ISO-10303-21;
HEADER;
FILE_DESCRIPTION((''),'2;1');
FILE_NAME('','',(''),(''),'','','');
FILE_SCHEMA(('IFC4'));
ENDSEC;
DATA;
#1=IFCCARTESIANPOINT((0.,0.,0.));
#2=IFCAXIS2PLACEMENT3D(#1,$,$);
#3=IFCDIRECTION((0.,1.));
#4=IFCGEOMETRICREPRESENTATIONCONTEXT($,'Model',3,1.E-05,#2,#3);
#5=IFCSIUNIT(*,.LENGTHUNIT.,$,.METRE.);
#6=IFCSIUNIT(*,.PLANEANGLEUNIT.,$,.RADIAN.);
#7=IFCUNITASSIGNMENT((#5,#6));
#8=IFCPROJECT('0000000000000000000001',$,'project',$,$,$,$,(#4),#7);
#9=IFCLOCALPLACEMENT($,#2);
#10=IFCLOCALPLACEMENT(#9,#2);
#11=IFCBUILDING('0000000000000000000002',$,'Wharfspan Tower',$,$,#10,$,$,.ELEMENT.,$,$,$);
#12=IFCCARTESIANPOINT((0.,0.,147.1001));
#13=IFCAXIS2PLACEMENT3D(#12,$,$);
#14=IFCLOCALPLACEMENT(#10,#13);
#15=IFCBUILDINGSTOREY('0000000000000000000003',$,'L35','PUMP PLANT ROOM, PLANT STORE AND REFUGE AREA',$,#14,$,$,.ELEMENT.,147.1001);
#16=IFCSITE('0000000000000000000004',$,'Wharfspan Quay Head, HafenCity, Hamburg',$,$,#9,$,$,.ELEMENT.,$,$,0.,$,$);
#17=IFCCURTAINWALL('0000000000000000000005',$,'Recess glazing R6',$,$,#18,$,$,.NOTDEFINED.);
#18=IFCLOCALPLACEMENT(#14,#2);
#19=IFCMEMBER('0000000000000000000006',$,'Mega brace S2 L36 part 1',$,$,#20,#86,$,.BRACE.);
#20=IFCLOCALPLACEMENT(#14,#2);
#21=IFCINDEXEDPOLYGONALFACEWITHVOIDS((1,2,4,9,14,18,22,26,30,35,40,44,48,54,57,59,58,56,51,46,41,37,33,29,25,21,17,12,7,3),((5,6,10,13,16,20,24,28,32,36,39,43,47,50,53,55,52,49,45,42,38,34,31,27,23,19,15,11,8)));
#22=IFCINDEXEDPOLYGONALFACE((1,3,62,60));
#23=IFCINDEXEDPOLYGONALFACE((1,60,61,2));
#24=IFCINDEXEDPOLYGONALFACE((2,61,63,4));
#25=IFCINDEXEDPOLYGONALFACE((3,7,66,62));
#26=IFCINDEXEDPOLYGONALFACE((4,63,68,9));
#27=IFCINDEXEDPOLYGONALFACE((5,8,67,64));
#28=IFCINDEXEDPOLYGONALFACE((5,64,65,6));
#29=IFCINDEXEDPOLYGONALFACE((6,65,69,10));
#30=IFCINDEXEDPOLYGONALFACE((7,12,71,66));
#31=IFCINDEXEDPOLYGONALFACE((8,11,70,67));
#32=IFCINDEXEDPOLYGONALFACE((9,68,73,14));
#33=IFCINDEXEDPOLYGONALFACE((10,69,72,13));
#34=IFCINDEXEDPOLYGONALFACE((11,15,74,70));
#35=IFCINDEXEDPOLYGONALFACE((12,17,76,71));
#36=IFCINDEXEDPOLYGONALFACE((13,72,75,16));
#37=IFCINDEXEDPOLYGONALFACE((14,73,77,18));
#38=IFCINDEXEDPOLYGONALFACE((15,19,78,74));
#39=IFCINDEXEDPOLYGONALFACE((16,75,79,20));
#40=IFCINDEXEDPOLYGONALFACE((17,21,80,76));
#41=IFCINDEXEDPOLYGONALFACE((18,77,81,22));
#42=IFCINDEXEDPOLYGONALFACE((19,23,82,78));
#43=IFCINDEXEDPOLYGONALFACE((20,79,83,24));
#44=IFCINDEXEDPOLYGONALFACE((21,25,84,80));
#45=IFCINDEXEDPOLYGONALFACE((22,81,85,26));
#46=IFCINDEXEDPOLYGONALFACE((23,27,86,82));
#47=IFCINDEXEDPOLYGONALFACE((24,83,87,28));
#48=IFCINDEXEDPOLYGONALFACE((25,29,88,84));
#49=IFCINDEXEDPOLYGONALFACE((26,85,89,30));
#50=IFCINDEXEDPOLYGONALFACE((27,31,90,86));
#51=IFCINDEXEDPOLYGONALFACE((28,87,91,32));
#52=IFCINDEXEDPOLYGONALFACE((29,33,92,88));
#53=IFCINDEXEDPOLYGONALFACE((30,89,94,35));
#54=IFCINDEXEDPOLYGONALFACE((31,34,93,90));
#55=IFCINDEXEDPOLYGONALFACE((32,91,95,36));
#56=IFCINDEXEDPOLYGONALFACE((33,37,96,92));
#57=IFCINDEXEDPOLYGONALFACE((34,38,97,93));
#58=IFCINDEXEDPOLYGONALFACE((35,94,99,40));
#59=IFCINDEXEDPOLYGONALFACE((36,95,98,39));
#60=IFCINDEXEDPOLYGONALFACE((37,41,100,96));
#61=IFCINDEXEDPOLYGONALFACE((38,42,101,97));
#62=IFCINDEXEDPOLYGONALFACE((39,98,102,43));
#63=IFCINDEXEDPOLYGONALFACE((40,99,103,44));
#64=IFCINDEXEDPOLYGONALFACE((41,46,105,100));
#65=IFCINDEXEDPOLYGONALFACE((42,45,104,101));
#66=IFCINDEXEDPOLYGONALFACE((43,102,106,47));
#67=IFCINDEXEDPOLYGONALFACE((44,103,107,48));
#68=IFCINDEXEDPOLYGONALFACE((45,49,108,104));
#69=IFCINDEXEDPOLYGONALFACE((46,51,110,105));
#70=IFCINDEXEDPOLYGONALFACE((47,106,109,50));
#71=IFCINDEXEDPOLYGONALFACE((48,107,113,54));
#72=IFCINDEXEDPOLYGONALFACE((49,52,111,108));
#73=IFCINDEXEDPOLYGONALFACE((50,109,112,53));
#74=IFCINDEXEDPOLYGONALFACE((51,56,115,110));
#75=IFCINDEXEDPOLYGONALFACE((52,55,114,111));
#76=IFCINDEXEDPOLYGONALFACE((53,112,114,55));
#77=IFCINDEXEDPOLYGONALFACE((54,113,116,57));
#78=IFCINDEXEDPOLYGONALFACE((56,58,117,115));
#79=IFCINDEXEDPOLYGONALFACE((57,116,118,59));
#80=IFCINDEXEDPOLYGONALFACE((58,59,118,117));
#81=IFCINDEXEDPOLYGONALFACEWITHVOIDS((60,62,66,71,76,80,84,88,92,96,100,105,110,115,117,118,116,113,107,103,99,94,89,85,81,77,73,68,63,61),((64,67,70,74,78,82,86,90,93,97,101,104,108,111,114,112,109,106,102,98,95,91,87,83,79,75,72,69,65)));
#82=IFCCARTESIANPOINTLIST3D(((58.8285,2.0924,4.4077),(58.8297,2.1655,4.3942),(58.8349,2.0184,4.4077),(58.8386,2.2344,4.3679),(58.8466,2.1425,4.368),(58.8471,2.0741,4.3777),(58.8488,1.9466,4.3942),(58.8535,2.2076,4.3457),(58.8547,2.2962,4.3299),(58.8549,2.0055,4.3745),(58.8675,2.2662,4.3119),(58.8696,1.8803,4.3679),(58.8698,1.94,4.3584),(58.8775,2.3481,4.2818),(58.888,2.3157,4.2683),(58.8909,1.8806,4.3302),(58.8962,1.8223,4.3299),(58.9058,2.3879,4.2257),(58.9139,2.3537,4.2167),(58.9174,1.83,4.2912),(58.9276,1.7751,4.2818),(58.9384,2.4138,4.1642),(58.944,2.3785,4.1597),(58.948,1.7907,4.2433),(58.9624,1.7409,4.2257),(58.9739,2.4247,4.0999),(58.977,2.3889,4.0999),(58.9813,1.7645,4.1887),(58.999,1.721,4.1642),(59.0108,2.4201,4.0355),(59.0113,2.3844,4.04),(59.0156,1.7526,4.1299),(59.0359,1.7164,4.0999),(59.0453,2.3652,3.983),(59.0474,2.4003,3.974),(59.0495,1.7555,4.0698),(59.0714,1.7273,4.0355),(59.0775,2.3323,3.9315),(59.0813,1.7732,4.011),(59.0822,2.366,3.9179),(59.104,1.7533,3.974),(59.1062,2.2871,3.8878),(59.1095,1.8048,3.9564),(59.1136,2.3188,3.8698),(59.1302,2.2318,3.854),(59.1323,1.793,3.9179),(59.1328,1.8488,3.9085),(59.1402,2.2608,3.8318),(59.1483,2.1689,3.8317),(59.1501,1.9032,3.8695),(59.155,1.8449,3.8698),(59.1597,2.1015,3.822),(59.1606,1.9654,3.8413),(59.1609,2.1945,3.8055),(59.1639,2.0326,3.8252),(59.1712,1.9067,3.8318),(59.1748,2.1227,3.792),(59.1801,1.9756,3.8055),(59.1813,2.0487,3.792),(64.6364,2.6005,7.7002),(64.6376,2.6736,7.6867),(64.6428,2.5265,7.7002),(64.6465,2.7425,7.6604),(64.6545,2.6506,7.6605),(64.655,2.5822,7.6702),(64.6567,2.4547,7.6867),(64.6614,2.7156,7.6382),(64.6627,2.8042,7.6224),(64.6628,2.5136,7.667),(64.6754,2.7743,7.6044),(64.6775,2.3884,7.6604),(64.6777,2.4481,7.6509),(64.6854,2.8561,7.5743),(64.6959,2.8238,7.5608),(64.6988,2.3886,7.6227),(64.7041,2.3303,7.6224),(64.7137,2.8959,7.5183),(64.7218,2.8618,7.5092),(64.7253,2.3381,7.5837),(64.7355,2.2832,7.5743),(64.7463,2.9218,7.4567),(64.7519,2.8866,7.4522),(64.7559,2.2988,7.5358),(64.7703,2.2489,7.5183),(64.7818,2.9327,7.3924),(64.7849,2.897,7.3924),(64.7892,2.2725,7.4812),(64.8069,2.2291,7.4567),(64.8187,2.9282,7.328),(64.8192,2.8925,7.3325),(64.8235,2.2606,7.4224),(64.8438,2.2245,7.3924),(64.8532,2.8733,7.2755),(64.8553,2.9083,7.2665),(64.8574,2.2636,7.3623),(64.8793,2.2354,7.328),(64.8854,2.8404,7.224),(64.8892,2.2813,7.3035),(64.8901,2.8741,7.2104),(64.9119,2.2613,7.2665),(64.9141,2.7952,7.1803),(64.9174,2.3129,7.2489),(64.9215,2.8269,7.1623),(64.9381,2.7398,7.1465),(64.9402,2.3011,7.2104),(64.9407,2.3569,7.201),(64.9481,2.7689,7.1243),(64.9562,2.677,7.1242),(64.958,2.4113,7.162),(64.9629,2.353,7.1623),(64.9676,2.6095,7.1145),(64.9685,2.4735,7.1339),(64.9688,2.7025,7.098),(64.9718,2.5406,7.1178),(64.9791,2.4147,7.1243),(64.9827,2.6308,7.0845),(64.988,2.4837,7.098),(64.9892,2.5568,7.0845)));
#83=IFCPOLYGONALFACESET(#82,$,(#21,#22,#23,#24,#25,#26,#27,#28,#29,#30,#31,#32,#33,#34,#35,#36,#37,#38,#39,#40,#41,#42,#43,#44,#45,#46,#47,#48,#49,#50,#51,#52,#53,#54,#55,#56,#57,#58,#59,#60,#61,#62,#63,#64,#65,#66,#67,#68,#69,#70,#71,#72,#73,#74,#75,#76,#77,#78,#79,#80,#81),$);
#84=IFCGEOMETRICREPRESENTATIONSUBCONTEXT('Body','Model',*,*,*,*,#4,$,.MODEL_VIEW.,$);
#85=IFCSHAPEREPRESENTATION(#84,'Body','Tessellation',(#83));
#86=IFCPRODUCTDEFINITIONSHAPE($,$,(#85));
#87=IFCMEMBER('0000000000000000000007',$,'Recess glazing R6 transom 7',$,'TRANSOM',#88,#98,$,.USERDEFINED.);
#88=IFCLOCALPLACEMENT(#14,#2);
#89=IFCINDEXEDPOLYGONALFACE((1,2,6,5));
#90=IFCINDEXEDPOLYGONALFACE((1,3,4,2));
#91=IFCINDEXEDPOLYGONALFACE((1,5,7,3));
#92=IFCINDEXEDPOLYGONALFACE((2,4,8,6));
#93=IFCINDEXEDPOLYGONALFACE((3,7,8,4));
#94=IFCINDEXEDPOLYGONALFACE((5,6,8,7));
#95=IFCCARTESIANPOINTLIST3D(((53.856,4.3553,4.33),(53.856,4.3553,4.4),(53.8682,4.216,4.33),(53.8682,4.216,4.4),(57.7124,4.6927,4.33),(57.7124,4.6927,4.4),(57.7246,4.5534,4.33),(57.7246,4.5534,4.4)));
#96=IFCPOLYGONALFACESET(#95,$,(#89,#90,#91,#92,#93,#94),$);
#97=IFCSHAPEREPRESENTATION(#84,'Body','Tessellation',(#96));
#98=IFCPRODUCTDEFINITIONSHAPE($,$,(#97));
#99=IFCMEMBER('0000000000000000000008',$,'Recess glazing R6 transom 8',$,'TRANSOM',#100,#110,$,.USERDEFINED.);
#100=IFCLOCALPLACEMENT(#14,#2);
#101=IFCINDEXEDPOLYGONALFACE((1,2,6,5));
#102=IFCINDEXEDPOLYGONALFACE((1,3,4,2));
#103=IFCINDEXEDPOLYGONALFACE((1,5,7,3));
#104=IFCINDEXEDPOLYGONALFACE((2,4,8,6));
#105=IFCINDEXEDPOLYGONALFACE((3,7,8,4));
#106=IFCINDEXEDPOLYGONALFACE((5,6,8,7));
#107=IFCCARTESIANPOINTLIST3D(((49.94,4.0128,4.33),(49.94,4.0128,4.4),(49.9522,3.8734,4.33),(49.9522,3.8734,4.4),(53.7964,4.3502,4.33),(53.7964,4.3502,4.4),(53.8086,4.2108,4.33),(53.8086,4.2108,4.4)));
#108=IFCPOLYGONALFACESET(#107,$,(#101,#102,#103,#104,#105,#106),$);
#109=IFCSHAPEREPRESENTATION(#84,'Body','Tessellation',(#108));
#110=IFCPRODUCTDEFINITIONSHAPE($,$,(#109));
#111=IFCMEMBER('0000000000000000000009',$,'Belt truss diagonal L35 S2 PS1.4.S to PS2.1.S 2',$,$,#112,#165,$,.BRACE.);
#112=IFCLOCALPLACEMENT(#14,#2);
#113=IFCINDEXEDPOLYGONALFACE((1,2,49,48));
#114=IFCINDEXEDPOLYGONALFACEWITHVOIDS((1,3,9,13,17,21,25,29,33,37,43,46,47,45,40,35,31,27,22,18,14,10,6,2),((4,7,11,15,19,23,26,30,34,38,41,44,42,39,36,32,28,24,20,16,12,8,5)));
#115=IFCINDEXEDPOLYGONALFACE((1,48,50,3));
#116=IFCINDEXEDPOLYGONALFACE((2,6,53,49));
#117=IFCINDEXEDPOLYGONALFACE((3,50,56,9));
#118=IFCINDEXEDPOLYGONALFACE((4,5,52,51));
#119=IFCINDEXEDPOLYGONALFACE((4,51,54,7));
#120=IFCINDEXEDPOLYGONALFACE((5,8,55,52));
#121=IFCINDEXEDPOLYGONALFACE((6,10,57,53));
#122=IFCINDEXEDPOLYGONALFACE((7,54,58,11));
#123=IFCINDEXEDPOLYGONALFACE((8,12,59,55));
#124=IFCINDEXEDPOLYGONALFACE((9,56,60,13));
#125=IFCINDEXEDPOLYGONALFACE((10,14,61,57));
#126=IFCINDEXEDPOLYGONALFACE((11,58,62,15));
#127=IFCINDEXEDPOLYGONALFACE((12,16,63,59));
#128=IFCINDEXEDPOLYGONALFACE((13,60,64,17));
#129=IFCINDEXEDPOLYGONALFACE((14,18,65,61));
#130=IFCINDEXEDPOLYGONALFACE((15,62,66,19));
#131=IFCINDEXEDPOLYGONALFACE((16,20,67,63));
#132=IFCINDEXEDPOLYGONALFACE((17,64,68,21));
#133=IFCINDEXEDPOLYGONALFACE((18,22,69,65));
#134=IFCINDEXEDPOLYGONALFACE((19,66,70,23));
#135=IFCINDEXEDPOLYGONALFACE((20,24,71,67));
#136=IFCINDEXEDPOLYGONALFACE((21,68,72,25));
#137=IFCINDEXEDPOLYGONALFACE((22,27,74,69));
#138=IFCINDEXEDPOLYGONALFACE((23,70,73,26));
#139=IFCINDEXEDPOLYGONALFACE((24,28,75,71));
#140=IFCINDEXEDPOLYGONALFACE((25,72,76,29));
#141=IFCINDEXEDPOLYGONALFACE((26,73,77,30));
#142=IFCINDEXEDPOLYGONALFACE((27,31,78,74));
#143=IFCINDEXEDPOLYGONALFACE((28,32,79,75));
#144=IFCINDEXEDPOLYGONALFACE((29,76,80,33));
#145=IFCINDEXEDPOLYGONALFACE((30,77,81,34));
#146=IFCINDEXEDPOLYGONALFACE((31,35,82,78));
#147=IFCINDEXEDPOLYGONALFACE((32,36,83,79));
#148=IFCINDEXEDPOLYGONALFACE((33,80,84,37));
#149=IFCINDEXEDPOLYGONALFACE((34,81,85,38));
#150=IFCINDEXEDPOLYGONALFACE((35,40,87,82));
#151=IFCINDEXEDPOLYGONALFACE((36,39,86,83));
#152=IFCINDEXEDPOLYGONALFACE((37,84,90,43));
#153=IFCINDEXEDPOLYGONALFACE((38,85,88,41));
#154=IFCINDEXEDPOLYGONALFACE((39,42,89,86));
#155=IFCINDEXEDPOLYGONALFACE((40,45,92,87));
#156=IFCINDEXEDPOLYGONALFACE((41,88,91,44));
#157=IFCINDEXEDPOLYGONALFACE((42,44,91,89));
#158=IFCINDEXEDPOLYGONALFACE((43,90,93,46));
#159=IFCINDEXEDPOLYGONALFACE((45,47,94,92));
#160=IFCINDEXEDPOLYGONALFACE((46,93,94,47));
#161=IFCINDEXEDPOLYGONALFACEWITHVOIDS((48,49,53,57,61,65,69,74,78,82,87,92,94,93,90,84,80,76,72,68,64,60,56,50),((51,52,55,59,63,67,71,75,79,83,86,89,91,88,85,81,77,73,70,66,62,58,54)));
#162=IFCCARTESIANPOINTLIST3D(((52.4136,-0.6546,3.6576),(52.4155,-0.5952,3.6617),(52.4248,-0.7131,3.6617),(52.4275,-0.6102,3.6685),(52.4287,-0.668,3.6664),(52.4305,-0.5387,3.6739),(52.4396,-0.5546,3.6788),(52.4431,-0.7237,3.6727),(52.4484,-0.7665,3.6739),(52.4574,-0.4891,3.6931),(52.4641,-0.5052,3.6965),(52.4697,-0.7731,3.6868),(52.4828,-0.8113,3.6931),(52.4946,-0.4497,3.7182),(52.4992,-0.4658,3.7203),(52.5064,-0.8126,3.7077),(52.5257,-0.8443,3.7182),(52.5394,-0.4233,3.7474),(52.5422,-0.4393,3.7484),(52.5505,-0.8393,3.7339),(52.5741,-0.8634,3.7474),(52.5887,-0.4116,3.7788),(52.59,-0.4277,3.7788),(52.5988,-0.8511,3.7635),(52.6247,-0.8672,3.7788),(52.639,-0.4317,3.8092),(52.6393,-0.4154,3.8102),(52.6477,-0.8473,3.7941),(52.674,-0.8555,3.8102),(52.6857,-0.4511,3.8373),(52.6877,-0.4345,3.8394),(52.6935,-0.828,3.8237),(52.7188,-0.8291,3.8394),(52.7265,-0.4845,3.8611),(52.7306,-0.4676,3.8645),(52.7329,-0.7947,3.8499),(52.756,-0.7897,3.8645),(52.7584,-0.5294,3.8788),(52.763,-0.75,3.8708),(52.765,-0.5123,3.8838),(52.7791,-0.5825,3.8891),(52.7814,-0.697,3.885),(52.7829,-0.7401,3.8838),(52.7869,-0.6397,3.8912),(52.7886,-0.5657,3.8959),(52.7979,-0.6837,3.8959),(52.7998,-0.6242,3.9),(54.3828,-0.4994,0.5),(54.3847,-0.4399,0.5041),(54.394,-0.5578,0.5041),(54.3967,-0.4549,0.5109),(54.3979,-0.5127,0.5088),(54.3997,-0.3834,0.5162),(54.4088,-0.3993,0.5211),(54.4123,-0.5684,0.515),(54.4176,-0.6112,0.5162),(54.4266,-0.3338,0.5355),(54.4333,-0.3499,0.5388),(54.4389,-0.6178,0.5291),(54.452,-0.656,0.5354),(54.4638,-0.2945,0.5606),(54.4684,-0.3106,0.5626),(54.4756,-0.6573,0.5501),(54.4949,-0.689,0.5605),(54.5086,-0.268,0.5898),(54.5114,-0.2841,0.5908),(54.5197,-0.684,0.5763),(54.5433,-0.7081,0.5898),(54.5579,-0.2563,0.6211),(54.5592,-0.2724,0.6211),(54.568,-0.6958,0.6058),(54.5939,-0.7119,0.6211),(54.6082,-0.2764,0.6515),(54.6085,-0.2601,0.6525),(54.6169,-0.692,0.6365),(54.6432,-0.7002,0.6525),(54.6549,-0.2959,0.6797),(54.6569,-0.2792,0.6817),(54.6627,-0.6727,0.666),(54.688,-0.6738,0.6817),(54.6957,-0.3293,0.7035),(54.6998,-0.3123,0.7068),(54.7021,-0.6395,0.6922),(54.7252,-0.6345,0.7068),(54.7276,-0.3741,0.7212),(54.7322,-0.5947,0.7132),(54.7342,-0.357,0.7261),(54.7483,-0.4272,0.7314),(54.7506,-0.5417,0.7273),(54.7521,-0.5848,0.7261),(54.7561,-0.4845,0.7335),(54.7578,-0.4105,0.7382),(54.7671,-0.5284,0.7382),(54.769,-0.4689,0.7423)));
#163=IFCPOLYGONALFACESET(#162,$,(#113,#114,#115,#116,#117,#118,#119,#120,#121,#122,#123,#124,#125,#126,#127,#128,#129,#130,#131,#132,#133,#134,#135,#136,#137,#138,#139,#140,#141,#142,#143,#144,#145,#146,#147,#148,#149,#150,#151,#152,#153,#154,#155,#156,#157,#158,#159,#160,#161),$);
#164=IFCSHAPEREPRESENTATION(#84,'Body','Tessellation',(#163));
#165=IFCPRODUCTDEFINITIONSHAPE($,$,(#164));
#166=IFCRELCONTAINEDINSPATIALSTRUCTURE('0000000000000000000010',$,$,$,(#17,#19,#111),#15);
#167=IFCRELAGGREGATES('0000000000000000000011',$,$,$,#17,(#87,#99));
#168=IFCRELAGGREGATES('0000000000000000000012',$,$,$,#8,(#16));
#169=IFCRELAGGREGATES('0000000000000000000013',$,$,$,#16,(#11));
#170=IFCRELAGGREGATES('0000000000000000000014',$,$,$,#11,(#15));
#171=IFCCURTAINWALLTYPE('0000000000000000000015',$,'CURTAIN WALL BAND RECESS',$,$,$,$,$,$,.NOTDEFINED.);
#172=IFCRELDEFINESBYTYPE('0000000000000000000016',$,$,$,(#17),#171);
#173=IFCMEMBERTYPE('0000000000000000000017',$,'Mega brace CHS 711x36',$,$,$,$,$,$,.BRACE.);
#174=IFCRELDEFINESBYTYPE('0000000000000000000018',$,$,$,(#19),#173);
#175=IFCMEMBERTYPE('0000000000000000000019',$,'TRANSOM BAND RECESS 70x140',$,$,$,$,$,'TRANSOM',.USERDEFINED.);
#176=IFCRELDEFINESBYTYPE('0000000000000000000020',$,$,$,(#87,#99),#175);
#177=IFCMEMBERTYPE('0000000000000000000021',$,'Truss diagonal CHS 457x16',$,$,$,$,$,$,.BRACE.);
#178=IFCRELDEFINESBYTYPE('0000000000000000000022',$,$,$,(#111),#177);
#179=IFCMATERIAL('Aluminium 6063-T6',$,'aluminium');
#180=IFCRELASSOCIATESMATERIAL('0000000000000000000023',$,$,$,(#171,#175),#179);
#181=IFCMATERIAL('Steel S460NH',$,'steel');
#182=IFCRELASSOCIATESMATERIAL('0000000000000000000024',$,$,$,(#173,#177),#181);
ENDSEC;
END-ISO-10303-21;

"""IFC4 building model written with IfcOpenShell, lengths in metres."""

from ifc_helpers import new_model, si_unit, direction, frame, origin, origin_2d, place, context, subcontext, project, spatial, rectangle, hollow_circle, extrude, material, material_profile, profile_set, type_object, element, aggregate, save


model = new_model("IFC4")

# Units and contexts
model_context = context("Model", 3, precision=1e-05, world=origin(), true_north=direction((0.0, 1.0)))
body_context = subcontext(model_context, "Body", "Model", "MODEL_VIEW")
ifc_project = project(units=[si_unit("LENGTHUNIT", "METRE"), si_unit("PLANEANGLEUNIT", "RADIAN")], contexts=[model_context])

# Site, building, storey
site_placement = place(None, origin())
site = spatial("IfcSite", under=ifc_project, at=site_placement, Name="Wharfspan Quay Head, HafenCity, Hamburg", CompositionType="ELEMENT", RefElevation=0.0)
building_placement = place(site_placement, origin())
building = spatial("IfcBuilding", under=site, at=building_placement, Name="Wharfspan Tower", CompositionType="ELEMENT")
storey_placement = place(building_placement, frame((0.0, 0.0, 147.1001)))
storey = spatial("IfcBuildingStorey", under=building, at=storey_placement, Name="L35", Description="PUMP PLANT ROOM, PLANT STORE AND REFUGE AREA", CompositionType="ELEMENT", Elevation=147.1001)

# Curtain wall
ifc_material_1 = material(Name="Aluminium 6063-T6", Category="aluminium")
curtain_wall_type = type_object("IfcCurtainWallType", Name="CURTAIN WALL BAND RECESS", PredefinedType="NOTDEFINED", material=ifc_material_1)
curtain_wall_placement = place(storey_placement, origin())
curtain_wall = element("IfcCurtainWall", 1, at=curtain_wall_placement, inside=storey, type_object=curtain_wall_type, Name="Recess glazing R6", PredefinedType="NOTDEFINED")

# Members
ifc_material_2 = material(Name="Steel S460NH", Category="steel")
ifc_material_profile_1 = material_profile(ifc_material_2, hollow_circle(Radius=0.3555, WallThickness=0.0359, at=origin_2d()))
ifc_profile_set_1 = profile_set([ifc_material_profile_1], Name="Steel S460NH")
member_type_1 = type_object("IfcMemberType", Name="Mega brace CHS 711x36", PredefinedType="BRACE", material=ifc_profile_set_1)
member_1_placement = place(storey_placement, frame((59.0049, 2.0706, 4.0999), z_axis=(0.867427, 0.07588, 0.491745), x_axis=(-0.087145, 0.996197, 0.000001)))
element("IfcMember", 2, at=member_1_placement, inside=storey, type_object=member_type_1, Name="Mega brace S2 L36 part 1", PredefinedType="BRACE", context=body_context, shape_type="SweptSolid", body=[
    extrude(hollow_circle(Radius=0.3555, WallThickness=0.0359, at=origin_2d()), origin(), (0.0, 0.0, 1.0), 6.6956),
])
ifc_material_profile_2 = material_profile(ifc_material_1, rectangle(XDim=0.1399, YDim=0.0701, at=origin_2d()))
ifc_profile_set_2 = profile_set([ifc_material_profile_2], Name="Aluminium 6063-T6")
member_type_2 = type_object("IfcMemberType", Name="TRANSOM BAND RECESS 70x140", ElementType="TRANSOM", PredefinedType="USERDEFINED", material=ifc_profile_set_2)
member_2_placement = place(storey_placement, frame((57.7185, 4.623, 4.365), z_axis=(-0.996195, -0.087158, 0.0), x_axis=(0.087158, -0.996195, 0.0)))
member_2 = element("IfcMember", 3, at=member_2_placement, type_object=member_type_2, Name="Recess glazing R6 transom 7", ObjectType="TRANSOM", PredefinedType="USERDEFINED", context=body_context, shape_type="SweptSolid", body=[
    extrude(rectangle(XDim=0.1399, YDim=0.0701, at=origin_2d()), origin(), (0.0, 0.0, 1.0), 3.8711),
])
member_3_placement = place(storey_placement, frame((53.8025, 4.2805, 4.365), z_axis=(-0.996195, -0.087158, 0.0), x_axis=(0.087158, -0.996195, 0.0)))
member_3 = element("IfcMember", 4, at=member_3_placement, type_object=member_type_2, Name="Recess glazing R6 transom 8", ObjectType="TRANSOM", PredefinedType="USERDEFINED", context=body_context, shape_type="SweptSolid", body=[
    extrude(rectangle(XDim=0.1399, YDim=0.0701, at=origin_2d()), origin(), (0.0, 0.0, 1.0), 3.8711),
])

# Member
ifc_material_profile_3 = material_profile(ifc_material_2, hollow_circle(Radius=0.2285, WallThickness=0.0161, at=origin_2d()))
ifc_profile_set_3 = profile_set([ifc_material_profile_3], Name="Steel S460NH")
member_type_3 = type_object("IfcMemberType", Name="Truss diagonal CHS 457x16", PredefinedType="BRACE", material=ifc_profile_set_3)
for number, where, z_axis, x_axis, name in (
    (5, (52.6067, -0.6394, 3.7788), (0.528701, 0.041688, -0.847784), (-0.078603, 0.99691, 0.000002), "Belt truss diagonal L35 S2 PS1.4.S to PS2.1.S 2"),
):
    element("IfcMember", number, at=place(storey_placement, frame(where, z_axis=z_axis, x_axis=x_axis)), inside=storey, type_object=member_type_3, Name=name, PredefinedType="BRACE", context=body_context, shape_type="SweptSolid", body=[
        extrude(hollow_circle(Radius=0.2285, WallThickness=0.0161, at=origin_2d()), origin(), (0.0, 0.0, 1.0), 3.7246),
    ])

aggregate(curtain_wall, [member_2, member_3])

save(model, "model.ifc")
